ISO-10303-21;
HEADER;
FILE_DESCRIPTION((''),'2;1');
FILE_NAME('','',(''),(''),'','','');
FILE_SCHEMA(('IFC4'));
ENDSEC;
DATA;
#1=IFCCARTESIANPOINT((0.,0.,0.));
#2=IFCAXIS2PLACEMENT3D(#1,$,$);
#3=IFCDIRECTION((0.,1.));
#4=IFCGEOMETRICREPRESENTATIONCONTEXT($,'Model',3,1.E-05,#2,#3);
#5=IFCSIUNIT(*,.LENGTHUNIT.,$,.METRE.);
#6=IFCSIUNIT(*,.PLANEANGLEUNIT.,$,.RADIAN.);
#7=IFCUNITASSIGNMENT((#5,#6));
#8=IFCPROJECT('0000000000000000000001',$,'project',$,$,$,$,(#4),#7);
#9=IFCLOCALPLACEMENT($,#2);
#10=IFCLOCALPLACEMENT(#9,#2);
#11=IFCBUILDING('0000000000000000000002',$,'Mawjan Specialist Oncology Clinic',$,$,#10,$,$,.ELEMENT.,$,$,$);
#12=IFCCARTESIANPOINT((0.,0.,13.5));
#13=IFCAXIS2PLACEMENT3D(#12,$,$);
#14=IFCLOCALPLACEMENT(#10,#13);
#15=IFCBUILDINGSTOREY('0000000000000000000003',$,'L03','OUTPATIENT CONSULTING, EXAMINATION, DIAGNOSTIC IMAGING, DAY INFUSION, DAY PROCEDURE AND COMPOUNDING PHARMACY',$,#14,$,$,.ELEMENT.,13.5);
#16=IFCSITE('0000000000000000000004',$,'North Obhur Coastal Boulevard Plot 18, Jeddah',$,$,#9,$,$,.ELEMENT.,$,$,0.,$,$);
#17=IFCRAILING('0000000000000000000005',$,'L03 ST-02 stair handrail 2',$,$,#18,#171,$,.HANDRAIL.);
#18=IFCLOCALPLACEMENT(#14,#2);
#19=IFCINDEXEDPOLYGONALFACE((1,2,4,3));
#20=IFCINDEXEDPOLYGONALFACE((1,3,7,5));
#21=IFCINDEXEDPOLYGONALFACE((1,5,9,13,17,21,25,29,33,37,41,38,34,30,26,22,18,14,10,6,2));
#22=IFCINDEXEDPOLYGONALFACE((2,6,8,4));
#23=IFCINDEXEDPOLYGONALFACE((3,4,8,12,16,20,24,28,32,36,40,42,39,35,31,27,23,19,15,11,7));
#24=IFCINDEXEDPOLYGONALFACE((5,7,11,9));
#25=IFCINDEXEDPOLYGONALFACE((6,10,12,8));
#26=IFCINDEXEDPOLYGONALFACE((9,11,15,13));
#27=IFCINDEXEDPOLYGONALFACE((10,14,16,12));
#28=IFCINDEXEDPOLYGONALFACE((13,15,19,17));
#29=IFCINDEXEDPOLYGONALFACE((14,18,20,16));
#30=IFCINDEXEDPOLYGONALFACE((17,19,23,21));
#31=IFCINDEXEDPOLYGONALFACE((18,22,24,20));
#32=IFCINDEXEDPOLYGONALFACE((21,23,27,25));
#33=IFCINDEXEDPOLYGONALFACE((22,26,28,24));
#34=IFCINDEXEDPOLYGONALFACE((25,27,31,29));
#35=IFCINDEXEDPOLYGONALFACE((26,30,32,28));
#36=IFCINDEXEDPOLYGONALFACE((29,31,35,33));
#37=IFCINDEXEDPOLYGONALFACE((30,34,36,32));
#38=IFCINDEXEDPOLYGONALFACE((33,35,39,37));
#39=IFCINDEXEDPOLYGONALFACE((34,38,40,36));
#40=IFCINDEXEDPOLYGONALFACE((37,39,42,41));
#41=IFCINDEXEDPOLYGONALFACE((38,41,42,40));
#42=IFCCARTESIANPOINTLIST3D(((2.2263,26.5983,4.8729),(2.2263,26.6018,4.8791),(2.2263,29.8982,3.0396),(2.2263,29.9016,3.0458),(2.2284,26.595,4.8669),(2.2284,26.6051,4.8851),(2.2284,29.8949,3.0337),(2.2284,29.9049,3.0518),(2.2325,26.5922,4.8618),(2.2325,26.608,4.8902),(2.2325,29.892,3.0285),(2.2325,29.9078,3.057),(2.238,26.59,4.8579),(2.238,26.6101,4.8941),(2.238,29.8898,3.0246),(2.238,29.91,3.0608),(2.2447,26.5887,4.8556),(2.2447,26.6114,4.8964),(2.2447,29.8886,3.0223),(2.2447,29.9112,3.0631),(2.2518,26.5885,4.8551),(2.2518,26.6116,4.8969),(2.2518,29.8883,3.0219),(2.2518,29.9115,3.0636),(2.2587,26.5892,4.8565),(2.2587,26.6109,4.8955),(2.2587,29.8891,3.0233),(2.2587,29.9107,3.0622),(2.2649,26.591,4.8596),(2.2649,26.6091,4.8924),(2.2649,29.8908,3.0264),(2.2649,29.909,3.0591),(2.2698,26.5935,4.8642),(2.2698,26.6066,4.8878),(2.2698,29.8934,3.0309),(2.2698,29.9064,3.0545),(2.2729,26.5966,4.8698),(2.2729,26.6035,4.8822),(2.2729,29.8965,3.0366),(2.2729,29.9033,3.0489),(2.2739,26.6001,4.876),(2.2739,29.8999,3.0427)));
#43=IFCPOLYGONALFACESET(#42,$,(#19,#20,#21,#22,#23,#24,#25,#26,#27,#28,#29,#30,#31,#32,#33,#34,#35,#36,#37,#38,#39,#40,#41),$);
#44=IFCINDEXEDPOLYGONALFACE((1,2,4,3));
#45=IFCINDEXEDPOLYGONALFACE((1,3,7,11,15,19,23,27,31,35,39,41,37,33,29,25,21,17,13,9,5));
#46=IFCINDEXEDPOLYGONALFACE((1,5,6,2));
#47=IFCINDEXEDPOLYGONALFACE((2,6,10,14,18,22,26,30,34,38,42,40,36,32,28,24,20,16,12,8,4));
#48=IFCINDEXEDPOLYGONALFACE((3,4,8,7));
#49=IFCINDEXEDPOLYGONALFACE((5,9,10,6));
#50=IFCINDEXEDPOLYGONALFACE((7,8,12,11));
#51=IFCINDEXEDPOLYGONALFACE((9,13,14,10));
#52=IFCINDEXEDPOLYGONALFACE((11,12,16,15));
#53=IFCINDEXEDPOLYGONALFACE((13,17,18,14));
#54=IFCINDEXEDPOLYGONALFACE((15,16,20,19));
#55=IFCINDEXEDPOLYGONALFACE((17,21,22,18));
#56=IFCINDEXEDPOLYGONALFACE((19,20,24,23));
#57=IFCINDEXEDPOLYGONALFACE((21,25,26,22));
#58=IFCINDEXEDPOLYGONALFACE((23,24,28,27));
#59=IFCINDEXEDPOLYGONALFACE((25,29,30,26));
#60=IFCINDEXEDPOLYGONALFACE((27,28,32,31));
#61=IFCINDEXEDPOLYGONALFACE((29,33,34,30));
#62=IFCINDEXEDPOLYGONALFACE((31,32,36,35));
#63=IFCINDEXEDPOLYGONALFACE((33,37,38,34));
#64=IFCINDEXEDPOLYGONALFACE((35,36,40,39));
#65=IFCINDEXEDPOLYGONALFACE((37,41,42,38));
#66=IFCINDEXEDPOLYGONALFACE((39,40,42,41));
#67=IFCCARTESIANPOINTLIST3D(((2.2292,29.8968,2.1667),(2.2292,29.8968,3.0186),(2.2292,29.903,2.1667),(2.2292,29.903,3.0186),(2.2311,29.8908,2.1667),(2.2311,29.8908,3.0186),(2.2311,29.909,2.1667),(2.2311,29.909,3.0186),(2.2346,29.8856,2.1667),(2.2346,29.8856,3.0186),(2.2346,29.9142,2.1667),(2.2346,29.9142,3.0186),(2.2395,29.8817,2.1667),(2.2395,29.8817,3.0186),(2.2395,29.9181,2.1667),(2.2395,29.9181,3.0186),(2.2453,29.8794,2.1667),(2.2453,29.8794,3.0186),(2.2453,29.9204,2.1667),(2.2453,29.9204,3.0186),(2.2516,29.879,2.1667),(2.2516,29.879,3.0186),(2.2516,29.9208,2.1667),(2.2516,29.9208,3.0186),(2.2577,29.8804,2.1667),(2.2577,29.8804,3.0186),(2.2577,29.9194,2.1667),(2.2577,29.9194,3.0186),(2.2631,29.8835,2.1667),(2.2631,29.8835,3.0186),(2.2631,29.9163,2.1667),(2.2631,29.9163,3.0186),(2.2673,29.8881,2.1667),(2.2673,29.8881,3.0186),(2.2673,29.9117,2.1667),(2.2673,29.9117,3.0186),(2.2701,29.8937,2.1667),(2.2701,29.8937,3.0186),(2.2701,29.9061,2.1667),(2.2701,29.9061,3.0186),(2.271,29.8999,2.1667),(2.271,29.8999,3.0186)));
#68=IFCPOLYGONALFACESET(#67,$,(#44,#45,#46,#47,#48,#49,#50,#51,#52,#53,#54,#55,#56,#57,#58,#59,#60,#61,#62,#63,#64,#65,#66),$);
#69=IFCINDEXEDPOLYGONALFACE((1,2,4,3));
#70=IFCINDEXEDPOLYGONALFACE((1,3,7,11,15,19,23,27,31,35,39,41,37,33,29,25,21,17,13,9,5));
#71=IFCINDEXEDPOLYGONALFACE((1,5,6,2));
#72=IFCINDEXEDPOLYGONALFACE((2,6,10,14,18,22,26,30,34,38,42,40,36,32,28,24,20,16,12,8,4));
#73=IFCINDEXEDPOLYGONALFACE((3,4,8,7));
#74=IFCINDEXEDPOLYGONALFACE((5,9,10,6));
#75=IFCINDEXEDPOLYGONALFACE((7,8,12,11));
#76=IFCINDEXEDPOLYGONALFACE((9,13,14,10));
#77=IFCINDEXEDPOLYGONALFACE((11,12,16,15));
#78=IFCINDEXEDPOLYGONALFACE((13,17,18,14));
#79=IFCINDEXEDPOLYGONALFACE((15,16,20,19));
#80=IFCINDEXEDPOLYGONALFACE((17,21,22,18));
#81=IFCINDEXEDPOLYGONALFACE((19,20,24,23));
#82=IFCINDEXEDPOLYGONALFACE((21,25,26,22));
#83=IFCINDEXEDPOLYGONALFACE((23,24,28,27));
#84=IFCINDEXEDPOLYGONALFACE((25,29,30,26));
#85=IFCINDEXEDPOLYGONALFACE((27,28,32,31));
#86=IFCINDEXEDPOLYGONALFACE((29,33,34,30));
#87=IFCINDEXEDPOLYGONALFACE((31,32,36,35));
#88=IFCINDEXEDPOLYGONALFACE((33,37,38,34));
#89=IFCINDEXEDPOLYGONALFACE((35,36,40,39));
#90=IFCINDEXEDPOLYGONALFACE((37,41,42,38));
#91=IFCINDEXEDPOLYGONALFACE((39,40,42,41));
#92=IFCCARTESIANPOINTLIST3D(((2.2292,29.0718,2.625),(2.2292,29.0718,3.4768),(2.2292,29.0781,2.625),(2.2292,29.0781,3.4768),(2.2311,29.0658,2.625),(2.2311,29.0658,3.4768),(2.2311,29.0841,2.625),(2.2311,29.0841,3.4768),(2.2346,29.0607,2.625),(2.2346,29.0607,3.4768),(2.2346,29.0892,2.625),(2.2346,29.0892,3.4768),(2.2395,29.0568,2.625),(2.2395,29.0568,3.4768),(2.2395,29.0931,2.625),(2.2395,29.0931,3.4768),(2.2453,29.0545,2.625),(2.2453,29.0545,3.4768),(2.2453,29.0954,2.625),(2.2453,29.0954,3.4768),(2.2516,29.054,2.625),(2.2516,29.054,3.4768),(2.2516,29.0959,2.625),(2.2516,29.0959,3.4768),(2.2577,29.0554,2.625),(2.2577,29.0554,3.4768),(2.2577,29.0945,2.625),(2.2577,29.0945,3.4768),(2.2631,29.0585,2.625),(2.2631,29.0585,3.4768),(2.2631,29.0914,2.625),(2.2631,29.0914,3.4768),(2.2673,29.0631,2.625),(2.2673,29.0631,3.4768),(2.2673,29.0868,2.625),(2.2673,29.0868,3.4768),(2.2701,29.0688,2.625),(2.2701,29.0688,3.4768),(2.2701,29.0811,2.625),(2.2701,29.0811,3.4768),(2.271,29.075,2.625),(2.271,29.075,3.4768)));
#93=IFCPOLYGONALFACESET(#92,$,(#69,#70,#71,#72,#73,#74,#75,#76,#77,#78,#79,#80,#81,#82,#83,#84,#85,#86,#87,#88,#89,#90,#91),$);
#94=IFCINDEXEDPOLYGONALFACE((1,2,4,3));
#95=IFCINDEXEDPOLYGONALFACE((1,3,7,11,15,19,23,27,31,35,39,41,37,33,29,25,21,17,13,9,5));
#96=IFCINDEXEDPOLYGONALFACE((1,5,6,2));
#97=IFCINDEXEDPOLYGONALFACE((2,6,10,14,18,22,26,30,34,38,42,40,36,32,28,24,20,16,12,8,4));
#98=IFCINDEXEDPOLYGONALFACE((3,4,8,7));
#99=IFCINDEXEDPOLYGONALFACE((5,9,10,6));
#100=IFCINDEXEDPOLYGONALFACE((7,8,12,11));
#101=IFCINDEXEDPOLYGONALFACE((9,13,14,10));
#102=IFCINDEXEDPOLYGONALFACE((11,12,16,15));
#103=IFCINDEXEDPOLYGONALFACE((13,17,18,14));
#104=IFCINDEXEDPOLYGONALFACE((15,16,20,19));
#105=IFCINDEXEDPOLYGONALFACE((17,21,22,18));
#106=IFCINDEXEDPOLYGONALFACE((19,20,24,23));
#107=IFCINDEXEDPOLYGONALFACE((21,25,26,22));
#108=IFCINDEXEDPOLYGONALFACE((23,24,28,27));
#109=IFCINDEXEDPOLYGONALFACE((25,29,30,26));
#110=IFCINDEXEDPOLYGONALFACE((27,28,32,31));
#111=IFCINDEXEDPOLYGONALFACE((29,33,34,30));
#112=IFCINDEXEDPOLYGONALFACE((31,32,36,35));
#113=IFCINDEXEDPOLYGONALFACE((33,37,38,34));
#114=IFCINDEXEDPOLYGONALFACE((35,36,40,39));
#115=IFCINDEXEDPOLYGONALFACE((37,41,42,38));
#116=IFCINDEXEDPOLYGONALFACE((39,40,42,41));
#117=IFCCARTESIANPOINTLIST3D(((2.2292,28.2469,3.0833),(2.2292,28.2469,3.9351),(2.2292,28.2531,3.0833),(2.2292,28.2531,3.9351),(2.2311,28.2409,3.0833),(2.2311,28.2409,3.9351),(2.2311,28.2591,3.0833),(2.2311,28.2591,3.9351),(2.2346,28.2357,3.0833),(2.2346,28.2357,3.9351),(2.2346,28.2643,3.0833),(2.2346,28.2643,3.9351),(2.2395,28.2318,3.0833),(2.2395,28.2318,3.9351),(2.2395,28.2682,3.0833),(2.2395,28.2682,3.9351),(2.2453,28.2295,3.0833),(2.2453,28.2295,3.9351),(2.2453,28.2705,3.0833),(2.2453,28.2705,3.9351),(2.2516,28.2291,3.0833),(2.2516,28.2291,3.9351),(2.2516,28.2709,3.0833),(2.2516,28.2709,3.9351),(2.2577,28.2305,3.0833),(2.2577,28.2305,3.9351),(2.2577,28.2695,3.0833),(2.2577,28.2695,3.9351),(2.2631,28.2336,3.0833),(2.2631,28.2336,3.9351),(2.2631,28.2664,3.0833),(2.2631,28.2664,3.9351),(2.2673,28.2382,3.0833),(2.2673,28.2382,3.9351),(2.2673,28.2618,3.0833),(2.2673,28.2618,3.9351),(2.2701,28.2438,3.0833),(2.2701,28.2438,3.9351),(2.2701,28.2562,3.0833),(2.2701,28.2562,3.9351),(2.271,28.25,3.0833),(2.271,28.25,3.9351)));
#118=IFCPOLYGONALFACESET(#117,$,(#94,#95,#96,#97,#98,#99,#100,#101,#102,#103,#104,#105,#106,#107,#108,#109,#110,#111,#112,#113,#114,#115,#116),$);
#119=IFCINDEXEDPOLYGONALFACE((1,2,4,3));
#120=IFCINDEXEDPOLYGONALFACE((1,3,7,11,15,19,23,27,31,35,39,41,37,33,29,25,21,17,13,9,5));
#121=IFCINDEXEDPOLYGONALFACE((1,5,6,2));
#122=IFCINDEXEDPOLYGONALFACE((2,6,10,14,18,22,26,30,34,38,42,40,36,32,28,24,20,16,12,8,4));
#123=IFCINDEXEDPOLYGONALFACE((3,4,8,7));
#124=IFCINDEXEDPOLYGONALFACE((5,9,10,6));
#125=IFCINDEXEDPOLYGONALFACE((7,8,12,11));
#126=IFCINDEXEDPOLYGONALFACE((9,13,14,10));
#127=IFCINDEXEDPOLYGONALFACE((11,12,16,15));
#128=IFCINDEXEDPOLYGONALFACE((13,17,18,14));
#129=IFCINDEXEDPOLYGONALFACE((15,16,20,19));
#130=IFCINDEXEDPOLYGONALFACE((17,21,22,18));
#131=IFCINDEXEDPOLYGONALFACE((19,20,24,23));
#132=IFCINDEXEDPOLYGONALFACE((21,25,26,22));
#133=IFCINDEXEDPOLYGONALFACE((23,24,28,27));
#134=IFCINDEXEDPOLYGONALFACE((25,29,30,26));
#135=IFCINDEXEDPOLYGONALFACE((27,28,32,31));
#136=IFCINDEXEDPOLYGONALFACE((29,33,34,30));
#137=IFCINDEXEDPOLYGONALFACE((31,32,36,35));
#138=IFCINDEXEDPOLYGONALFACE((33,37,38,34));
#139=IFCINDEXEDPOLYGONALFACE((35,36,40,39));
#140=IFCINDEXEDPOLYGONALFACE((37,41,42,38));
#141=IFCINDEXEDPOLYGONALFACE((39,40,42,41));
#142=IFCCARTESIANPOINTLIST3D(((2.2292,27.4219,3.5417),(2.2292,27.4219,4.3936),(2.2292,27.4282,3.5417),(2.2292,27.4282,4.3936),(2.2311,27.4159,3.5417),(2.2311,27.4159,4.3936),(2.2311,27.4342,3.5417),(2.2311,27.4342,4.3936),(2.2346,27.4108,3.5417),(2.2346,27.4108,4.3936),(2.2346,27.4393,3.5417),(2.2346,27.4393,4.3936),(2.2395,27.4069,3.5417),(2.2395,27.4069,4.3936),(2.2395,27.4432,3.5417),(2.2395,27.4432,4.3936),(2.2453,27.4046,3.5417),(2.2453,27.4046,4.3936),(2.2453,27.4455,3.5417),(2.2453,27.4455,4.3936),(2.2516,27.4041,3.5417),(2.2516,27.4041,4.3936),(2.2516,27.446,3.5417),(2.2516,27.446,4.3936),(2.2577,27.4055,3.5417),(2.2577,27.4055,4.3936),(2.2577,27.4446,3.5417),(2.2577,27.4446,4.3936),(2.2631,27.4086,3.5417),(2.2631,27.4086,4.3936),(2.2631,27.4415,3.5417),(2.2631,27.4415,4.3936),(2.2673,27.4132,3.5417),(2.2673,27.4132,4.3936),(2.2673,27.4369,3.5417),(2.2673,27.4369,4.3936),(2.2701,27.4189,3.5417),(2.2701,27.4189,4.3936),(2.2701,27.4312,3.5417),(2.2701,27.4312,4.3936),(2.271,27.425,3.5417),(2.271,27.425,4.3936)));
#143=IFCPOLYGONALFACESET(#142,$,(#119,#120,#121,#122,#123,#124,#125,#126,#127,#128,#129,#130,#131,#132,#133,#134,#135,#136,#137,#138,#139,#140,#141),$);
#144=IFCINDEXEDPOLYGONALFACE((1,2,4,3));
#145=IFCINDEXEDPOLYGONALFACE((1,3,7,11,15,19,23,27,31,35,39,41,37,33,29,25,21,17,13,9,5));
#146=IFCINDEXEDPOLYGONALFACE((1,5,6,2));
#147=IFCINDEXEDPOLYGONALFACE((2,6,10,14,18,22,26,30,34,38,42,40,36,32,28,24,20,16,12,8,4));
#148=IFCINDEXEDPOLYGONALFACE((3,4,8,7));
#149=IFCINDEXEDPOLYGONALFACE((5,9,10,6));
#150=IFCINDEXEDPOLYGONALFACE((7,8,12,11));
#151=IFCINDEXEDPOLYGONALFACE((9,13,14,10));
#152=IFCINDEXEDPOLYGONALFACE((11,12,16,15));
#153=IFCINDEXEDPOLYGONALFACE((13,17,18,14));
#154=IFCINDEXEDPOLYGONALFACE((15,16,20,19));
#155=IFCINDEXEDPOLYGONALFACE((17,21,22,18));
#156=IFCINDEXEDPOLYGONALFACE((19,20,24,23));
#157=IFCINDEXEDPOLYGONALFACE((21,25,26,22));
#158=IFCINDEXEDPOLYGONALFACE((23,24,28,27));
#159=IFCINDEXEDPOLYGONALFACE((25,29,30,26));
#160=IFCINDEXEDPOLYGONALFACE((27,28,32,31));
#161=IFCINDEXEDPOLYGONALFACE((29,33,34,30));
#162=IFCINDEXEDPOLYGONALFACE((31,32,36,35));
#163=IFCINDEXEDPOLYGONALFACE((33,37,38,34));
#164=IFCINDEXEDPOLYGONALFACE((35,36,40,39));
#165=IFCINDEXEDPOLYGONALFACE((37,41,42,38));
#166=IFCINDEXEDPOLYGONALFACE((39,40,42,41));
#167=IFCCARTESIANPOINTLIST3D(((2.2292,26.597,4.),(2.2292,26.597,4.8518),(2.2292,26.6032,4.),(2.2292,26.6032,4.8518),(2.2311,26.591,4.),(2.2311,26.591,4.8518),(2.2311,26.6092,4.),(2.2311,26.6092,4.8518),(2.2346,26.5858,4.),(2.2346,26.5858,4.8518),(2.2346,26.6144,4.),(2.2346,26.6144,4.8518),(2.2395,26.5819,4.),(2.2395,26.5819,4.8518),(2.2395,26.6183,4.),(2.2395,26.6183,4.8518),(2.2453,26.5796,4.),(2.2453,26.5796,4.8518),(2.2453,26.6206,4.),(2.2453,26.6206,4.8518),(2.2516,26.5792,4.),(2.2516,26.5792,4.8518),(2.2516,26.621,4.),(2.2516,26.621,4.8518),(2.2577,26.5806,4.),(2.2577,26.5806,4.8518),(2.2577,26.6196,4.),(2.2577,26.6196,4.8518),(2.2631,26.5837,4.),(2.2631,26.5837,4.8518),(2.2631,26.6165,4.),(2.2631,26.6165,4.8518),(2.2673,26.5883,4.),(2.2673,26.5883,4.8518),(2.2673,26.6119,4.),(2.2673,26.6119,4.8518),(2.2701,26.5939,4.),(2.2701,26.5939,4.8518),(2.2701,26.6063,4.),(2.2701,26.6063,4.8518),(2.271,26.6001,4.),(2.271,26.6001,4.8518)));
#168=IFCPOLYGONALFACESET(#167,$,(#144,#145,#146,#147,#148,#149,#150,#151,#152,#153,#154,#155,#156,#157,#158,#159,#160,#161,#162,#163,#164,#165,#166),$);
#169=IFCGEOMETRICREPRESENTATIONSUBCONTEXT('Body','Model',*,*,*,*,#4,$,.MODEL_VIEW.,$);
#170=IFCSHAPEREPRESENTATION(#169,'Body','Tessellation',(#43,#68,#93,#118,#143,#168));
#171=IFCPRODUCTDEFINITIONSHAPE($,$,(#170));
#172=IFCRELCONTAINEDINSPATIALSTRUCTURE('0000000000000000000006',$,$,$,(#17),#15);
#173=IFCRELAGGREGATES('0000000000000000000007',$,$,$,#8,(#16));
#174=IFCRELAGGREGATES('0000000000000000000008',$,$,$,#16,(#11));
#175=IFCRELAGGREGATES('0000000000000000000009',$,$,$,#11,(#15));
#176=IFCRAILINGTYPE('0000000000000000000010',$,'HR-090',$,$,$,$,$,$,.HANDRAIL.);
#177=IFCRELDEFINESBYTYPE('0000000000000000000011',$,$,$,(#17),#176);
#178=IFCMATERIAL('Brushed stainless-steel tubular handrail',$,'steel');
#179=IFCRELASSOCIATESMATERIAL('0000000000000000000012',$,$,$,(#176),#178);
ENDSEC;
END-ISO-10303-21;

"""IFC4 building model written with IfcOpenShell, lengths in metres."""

from ifc_helpers import new_model, si_unit, direction, frame, origin, origin_2d, place, context, subcontext, project, spatial, circle, extrude, material, type_object, element, save


model = new_model("IFC4")

# Units and contexts
model_context = context("Model", 3, precision=1e-05, world=origin(), true_north=direction((0.0, 1.0)))
body_context = subcontext(model_context, "Body", "Model", "MODEL_VIEW")
ifc_project = project(units=[si_unit("LENGTHUNIT", "METRE"), si_unit("PLANEANGLEUNIT", "RADIAN")], contexts=[model_context])

# Site, building, storey
site_placement = place(None, origin())
site = spatial("IfcSite", under=ifc_project, at=site_placement, Name="North Obhur Coastal Boulevard Plot 18, Jeddah", CompositionType="ELEMENT", RefElevation=0.0)
building_placement = place(site_placement, origin())
building = spatial("IfcBuilding", under=site, at=building_placement, Name="Mawjan Specialist Oncology Clinic", CompositionType="ELEMENT")
storey_placement = place(building_placement, frame((0.0, 0.0, 13.5)))
storey = spatial("IfcBuildingStorey", under=building, at=storey_placement, Name="L03", Description="OUTPATIENT CONSULTING, EXAMINATION, DIAGNOSTIC IMAGING, DAY INFUSION, DAY PROCEDURE AND COMPOUNDING PHARMACY", CompositionType="ELEMENT", Elevation=13.5)

# Railing
ifc_material_1 = material(Name="Brushed stainless-steel tubular handrail", Category="steel")
railing_type_1 = type_object("IfcRailingType", Name="HR-090", PredefinedType="HANDRAIL", material=ifc_material_1)
railing_1_placement = place(storey_placement, frame((2.25, 29.8999, 2.1667)))
element("IfcRailing", 1, at=railing_1_placement, inside=storey, type_object=railing_type_1, Name="L03 ST-02 stair handrail 2", PredefinedType="HANDRAIL", context=body_context, shape_type="SweptSolid", body=[
    extrude(circle(Radius=0.0239, at=origin_2d()), frame((0.0, 0.0, 0.876), z_axis=(0.0, -0.874154, 0.485648), x_axis=(1.0, 0.0, 0.0)), (0.0, 0.0, 1.0), 3.7749),
    extrude(circle(Radius=0.021, at=origin_2d()), origin(), (0.0, 0.0, 1.0), 0.8518),
    extrude(circle(Radius=0.021, at=origin_2d()), frame((0.0, -0.825, 0.4583)), (0.0, 0.0, 1.0), 0.8518),
    extrude(circle(Radius=0.021, at=origin_2d()), frame((0.0, -1.6499, 0.9165)), (0.0, 0.0, 1.0), 0.8518),
    extrude(circle(Radius=0.021, at=origin_2d()), frame((0.0, -2.4749, 1.375)), (0.0, 0.0, 1.0), 0.8518),
    extrude(circle(Radius=0.021, at=origin_2d()), frame((0.0, -3.2998, 1.8333)), (0.0, 0.0, 1.0), 0.8518),
])

save(model, "model.ifc")
